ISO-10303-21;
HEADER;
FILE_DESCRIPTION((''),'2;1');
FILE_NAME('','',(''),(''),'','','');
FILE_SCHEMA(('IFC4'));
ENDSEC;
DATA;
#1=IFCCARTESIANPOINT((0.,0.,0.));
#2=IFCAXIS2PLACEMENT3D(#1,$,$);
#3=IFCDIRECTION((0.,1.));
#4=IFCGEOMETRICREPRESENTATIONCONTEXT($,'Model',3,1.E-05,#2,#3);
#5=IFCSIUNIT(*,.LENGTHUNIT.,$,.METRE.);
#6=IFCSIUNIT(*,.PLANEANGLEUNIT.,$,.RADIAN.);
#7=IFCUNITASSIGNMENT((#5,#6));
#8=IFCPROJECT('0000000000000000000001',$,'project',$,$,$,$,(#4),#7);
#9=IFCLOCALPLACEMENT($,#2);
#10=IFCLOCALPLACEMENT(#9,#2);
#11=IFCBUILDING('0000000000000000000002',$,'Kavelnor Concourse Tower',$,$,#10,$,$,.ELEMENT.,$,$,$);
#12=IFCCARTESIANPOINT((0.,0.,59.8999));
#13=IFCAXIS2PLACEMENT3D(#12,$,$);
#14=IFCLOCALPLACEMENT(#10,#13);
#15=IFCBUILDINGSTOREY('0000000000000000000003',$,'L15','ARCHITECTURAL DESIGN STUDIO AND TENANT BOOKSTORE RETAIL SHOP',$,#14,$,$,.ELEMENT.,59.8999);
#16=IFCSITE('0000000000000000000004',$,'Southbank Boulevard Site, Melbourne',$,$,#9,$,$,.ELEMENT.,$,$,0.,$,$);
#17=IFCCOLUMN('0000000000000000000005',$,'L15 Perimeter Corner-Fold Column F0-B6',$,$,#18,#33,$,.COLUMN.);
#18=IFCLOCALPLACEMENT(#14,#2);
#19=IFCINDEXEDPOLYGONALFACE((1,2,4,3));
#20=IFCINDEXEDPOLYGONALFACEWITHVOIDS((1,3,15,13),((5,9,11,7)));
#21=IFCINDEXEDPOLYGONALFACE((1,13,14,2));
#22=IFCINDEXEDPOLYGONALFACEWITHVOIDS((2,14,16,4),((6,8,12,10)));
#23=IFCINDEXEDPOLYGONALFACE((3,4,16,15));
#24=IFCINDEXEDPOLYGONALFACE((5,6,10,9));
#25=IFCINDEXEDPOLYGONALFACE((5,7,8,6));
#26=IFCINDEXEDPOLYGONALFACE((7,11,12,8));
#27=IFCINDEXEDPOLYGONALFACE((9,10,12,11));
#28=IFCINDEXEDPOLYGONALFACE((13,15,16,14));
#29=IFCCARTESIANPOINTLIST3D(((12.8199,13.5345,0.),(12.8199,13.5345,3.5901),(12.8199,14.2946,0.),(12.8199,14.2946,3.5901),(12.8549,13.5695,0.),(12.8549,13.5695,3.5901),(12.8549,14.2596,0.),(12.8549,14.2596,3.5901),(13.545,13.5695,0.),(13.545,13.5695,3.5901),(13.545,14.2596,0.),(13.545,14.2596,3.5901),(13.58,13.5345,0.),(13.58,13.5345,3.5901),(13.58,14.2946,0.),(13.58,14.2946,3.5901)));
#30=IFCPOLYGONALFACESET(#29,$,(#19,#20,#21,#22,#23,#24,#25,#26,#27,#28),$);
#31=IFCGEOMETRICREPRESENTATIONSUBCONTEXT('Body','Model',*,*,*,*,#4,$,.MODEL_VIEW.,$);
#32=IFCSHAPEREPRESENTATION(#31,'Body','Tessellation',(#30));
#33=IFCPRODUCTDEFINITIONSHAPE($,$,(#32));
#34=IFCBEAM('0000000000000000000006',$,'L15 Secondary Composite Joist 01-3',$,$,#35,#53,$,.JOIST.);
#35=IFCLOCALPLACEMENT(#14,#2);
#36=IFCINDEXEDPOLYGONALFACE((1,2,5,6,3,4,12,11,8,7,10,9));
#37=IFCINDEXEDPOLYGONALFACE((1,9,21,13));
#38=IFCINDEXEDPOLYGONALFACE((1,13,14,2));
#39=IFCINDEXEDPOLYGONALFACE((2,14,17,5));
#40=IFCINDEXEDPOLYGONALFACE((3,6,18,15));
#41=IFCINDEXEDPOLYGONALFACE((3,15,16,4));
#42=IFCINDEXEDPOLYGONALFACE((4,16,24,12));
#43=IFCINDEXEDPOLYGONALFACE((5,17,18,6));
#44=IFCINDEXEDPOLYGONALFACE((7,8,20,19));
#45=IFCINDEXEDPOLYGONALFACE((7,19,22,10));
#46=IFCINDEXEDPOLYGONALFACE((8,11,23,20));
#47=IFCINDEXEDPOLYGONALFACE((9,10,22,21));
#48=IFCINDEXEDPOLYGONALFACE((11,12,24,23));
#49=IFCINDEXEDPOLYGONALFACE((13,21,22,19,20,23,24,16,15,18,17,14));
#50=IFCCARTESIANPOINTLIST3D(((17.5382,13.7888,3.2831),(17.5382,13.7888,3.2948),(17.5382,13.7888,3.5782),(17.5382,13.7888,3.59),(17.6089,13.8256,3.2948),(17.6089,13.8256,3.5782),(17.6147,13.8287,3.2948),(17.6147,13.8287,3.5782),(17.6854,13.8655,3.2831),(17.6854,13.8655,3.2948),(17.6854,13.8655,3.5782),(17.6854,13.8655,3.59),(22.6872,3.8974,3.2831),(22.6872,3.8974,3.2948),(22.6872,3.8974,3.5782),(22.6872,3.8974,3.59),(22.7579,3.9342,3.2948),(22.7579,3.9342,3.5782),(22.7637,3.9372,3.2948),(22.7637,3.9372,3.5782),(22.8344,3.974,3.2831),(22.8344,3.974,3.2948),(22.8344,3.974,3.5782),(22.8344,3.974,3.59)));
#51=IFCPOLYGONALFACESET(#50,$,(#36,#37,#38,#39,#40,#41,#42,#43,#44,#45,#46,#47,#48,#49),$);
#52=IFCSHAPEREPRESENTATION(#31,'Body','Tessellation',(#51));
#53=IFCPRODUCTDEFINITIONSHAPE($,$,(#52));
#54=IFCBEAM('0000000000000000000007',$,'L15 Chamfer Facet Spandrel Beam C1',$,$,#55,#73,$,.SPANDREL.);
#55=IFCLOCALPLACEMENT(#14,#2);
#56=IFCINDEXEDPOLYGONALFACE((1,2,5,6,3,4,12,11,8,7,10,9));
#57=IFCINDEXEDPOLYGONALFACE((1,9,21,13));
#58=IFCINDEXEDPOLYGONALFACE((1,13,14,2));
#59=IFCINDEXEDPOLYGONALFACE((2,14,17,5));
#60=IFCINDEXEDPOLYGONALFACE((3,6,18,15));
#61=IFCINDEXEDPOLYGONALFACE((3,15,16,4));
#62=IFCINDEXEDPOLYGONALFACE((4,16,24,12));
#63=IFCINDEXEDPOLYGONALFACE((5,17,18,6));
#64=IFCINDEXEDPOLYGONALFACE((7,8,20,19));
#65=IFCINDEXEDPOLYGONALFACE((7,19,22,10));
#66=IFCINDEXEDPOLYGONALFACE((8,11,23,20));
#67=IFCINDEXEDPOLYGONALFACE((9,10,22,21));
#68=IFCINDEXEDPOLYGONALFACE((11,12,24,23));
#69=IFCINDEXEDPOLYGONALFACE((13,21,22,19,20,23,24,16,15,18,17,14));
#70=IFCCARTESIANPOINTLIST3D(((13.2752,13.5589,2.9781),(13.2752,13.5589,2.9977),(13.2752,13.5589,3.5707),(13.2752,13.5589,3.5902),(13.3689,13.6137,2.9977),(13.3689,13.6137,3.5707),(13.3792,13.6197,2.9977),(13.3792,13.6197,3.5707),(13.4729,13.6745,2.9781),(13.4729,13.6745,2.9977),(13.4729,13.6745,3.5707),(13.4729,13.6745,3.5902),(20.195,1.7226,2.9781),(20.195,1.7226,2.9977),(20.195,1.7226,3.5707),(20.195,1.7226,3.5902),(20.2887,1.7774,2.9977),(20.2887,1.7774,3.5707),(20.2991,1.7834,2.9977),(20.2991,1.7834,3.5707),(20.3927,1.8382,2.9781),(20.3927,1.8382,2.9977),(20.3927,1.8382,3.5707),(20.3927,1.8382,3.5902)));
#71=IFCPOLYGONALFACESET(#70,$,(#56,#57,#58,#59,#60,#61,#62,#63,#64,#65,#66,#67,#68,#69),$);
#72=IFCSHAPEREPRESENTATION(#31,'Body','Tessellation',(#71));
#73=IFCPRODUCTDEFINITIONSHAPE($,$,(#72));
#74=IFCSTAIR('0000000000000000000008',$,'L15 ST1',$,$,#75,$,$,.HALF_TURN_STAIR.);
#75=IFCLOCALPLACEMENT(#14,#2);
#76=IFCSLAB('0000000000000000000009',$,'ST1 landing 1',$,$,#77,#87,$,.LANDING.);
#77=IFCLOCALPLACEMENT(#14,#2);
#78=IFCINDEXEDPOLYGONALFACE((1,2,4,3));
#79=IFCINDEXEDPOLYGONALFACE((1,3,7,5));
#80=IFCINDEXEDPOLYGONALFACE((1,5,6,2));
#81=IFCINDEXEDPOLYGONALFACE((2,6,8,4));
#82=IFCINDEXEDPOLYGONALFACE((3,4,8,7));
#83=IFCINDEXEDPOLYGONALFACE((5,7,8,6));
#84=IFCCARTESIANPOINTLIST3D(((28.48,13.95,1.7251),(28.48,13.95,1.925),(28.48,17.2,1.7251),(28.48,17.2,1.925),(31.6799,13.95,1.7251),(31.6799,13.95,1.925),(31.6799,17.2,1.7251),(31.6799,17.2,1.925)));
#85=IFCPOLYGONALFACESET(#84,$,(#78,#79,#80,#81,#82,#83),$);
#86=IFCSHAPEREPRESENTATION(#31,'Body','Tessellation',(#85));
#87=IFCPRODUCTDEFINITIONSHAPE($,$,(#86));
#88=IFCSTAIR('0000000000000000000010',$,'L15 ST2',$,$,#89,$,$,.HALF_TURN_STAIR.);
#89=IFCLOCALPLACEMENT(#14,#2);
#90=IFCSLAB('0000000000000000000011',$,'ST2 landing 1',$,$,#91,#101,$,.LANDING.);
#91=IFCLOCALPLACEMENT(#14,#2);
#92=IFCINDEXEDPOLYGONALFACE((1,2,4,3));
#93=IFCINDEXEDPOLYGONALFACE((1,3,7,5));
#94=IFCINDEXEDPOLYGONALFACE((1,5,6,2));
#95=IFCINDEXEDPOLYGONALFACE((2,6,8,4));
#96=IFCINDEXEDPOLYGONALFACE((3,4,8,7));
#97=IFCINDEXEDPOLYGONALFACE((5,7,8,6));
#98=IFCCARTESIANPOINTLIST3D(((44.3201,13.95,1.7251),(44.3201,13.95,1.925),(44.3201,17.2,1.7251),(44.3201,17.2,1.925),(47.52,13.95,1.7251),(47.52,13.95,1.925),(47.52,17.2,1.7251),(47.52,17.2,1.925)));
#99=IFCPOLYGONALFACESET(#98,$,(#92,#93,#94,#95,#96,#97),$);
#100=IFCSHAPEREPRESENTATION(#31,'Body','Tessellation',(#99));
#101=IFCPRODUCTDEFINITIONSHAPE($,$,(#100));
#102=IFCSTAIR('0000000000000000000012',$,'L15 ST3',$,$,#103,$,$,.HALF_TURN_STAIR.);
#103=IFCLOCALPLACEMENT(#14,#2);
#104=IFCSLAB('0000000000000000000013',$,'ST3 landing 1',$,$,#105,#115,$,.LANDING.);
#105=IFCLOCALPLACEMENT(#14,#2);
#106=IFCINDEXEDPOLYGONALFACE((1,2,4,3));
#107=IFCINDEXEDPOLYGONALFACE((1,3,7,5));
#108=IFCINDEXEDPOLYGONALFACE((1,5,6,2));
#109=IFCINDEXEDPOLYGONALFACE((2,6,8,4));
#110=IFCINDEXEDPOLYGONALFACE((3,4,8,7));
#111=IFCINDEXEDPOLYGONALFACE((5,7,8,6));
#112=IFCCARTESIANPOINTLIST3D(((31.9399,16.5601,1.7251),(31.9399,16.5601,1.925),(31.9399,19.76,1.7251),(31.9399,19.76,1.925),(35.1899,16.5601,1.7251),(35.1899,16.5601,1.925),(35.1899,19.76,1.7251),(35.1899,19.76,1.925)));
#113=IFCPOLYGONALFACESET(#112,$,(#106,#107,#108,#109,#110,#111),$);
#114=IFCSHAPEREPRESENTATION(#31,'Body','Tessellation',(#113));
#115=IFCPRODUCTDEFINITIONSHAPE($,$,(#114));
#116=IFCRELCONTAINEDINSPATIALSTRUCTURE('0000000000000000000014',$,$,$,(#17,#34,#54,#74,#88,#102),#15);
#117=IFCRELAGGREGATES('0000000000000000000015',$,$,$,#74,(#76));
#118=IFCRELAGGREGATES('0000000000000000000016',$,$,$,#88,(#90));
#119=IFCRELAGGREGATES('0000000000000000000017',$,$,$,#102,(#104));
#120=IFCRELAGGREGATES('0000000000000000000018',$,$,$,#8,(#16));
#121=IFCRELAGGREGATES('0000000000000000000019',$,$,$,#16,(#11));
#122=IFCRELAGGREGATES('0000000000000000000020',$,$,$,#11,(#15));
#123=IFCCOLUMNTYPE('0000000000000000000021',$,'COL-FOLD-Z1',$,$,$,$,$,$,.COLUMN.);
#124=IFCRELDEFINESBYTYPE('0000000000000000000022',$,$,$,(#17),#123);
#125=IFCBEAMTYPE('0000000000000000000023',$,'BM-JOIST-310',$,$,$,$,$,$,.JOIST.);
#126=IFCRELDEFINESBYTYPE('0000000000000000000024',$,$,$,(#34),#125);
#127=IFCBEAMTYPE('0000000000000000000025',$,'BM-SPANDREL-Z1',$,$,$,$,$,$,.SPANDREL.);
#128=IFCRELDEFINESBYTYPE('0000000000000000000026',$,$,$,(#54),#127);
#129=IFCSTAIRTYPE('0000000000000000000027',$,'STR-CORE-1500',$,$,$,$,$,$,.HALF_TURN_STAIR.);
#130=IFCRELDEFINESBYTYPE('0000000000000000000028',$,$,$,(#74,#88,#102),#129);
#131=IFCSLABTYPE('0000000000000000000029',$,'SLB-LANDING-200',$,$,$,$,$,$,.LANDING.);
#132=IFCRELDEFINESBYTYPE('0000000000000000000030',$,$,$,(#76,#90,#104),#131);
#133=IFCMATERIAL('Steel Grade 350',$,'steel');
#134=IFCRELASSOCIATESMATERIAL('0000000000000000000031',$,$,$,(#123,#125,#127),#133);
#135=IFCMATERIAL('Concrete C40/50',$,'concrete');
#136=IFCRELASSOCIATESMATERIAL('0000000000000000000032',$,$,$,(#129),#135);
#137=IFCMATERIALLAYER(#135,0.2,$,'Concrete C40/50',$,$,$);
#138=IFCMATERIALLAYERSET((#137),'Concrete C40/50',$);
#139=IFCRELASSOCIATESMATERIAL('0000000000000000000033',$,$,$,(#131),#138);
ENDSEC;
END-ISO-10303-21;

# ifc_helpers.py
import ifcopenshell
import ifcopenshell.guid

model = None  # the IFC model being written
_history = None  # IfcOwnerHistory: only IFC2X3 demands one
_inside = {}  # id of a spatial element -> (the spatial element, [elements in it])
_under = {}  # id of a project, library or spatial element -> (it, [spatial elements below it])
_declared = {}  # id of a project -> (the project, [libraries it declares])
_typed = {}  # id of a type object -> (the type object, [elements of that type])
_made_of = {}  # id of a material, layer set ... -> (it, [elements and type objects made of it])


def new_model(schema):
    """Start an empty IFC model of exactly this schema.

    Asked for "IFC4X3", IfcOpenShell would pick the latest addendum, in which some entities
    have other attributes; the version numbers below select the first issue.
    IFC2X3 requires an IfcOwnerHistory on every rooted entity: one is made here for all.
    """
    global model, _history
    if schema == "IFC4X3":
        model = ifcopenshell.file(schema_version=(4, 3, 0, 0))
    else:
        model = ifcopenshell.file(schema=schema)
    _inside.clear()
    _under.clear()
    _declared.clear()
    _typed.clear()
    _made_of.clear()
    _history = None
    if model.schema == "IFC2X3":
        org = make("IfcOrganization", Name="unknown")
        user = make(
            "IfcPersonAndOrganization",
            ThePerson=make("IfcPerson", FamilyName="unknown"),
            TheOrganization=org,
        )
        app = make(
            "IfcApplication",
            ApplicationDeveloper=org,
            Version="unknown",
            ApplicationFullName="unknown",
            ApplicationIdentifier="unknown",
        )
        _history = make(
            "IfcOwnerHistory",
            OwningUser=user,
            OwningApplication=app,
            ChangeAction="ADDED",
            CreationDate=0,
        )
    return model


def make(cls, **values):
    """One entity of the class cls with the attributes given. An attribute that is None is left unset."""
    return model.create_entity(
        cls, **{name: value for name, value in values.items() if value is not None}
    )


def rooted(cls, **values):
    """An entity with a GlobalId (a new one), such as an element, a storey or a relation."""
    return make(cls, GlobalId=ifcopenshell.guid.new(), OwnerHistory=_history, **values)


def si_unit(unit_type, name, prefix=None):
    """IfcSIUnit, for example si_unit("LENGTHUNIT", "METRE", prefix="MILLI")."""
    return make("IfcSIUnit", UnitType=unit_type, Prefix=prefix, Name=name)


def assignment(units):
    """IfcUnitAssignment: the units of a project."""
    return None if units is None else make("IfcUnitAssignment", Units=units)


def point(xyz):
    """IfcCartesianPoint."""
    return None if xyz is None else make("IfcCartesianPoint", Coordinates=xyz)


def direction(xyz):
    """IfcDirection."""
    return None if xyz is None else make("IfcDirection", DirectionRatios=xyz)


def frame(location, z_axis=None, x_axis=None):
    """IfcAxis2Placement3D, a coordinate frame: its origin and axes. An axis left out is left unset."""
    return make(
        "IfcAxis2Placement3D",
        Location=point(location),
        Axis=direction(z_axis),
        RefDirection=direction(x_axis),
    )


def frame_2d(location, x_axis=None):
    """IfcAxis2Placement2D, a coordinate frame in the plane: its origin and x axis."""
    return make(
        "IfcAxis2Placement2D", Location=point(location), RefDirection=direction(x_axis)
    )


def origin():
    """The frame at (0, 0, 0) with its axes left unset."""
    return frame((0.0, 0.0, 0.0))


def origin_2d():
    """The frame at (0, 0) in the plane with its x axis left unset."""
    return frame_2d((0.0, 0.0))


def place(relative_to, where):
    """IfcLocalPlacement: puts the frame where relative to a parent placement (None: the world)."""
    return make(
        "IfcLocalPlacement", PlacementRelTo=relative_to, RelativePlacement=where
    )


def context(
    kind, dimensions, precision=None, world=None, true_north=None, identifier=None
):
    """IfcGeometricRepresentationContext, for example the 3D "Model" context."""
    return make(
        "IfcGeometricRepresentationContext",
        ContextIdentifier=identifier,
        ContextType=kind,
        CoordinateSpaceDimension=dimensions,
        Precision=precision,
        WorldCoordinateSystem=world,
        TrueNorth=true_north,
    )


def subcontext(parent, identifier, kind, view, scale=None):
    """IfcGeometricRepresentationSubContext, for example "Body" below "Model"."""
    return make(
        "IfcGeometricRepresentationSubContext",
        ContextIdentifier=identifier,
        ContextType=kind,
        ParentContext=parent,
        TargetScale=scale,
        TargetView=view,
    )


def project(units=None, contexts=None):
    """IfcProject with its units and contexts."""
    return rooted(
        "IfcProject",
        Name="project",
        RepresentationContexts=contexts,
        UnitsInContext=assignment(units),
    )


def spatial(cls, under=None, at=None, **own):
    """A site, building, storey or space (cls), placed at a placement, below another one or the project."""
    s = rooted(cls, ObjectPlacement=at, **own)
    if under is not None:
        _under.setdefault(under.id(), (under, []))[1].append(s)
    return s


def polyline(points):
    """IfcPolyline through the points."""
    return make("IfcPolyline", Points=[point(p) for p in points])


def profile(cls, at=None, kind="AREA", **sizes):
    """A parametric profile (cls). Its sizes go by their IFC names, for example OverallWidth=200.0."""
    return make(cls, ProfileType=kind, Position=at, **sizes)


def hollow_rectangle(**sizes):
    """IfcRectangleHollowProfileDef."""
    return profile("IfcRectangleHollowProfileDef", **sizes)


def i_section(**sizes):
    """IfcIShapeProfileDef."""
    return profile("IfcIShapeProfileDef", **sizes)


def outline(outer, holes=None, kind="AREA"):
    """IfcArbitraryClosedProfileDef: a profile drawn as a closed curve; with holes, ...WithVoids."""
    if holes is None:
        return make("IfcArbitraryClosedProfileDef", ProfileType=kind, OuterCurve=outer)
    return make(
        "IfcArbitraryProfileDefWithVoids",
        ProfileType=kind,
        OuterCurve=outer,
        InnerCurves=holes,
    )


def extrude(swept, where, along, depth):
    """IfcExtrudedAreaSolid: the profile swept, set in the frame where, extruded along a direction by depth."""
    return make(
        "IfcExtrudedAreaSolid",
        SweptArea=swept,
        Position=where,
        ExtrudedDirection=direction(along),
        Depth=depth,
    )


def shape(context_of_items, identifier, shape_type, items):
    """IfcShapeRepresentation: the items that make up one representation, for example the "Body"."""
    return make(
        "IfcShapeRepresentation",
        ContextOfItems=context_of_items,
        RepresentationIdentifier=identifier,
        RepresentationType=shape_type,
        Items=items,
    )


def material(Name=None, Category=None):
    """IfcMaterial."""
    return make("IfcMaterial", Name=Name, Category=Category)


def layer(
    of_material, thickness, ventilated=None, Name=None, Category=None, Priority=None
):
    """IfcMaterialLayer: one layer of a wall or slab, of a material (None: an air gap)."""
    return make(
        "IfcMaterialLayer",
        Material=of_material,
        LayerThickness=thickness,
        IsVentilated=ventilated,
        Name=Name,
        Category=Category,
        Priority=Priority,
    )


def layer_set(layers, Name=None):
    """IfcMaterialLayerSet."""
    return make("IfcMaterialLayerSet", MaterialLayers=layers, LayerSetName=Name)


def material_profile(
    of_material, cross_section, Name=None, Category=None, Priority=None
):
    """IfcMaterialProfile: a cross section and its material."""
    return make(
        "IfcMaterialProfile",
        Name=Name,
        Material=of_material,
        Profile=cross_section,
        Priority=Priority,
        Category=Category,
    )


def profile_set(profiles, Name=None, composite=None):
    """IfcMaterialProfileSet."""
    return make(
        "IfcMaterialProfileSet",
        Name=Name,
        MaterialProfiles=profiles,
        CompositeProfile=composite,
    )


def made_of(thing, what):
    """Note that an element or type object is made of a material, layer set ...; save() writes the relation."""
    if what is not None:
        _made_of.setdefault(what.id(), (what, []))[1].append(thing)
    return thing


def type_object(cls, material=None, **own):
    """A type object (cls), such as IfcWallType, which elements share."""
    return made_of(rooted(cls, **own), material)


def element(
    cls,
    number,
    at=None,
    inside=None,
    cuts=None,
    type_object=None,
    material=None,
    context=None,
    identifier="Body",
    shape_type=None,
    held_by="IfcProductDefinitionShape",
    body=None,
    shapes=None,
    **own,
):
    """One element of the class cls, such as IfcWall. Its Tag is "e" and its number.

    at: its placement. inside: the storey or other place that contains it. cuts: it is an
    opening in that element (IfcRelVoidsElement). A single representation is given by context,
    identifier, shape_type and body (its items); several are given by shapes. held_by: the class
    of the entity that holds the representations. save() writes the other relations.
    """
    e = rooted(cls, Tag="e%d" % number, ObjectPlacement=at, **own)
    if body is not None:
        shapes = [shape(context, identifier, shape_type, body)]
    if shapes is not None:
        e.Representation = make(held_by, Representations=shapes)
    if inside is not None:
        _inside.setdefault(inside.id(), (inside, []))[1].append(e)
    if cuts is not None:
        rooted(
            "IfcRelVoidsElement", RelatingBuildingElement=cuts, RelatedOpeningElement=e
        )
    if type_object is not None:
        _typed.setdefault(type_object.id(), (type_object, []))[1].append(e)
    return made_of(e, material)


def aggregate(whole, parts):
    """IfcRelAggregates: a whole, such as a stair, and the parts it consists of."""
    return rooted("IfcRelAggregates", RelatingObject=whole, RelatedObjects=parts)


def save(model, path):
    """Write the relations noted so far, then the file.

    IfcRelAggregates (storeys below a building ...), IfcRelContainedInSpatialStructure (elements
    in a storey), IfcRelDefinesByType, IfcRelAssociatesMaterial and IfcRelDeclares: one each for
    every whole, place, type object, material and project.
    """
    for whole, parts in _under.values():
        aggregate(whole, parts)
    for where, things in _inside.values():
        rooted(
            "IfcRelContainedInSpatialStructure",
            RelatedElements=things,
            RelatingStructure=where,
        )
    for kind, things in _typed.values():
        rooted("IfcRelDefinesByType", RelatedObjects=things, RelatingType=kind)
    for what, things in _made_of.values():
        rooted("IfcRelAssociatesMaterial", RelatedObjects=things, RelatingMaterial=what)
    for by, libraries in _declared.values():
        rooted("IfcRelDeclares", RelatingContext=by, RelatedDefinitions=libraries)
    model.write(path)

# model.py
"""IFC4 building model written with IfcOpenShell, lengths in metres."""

from ifc_helpers import new_model, si_unit, direction, frame, origin, origin_2d, place, context, subcontext, project, spatial, polyline, hollow_rectangle, i_section, outline, extrude, material, layer, layer_set, material_profile, profile_set, type_object, element, aggregate, save


model = new_model("IFC4")

# Units and contexts
model_context = context("Model", 3, precision=1e-05, world=origin(), true_north=direction((0.0, 1.0)))
body_context = subcontext(model_context, "Body", "Model", "MODEL_VIEW")
ifc_project = project(units=[si_unit("LENGTHUNIT", "METRE"), si_unit("PLANEANGLEUNIT", "RADIAN")], contexts=[model_context])

# Site, building, storey
site_placement = place(None, origin())
site = spatial("IfcSite", under=ifc_project, at=site_placement, Name="Southbank Boulevard Site, Melbourne", CompositionType="ELEMENT", RefElevation=0.0)
building_placement = place(site_placement, origin())
building = spatial("IfcBuilding", under=site, at=building_placement, Name="Kavelnor Concourse Tower", CompositionType="ELEMENT")
storey_placement = place(building_placement, frame((0.0, 0.0, 59.8999)))
storey = spatial("IfcBuildingStorey", under=building, at=storey_placement, Name="L15", Description="ARCHITECTURAL DESIGN STUDIO AND TENANT BOOKSTORE RETAIL SHOP", CompositionType="ELEMENT", Elevation=59.8999)

# Column
ifc_material_1 = material(Name="Steel Grade 350", Category="steel")
ifc_material_profile_1 = material_profile(ifc_material_1, hollow_rectangle(XDim=0.76, YDim=0.76, WallThickness=0.0349, at=origin_2d()), Name="SHS 760x760x35")
ifc_profile_set_1 = profile_set([ifc_material_profile_1], Name="Steel Grade 350")
column_type = type_object("IfcColumnType", Name="COL-FOLD-Z1", PredefinedType="COLUMN", material=ifc_profile_set_1)
column_placement = place(storey_placement, frame((13.2, 13.9146, 0.0), z_axis=(0.0, 0.0, 1.0), x_axis=(1.0, 0.0, 0.0)))
element("IfcColumn", 1, at=column_placement, inside=storey, type_object=column_type, Name="L15 Perimeter Corner-Fold Column F0-B6", PredefinedType="COLUMN", context=body_context, shape_type="SweptSolid", body=[
    extrude(hollow_rectangle(XDim=0.76, YDim=0.76, WallThickness=0.0349, at=origin_2d()), origin(), (0.0, 0.0, 1.0), 3.5901),
])

# Beams
ifc_material_profile_2 = material_profile(ifc_material_1, i_section(OverallWidth=0.166, OverallDepth=0.3069, WebThickness=0.0066, FlangeThickness=0.0117, at=origin_2d()), Name="310UB46")
ifc_profile_set_2 = profile_set([ifc_material_profile_2], Name="Steel Grade 350")
beam_type_1 = type_object("IfcBeamType", Name="BM-JOIST-310", PredefinedType="JOIST", material=ifc_profile_set_2)
beam_1_placement = place(storey_placement, frame((17.6118, 13.8271, 3.4365), z_axis=(0.461735, -0.887018, 0.0), x_axis=(0.887018, 0.461735, 0.0)))
element("IfcBeam", 2, at=beam_1_placement, inside=storey, type_object=beam_type_1, Name="L15 Secondary Composite Joist 01-3", PredefinedType="JOIST", context=body_context, shape_type="SweptSolid", body=[
    extrude(i_section(OverallWidth=0.166, OverallDepth=0.3069, WebThickness=0.0066, FlangeThickness=0.0117, at=origin_2d()), origin(), (0.0, 0.0, 1.0), 11.1514),
])
ifc_material_profile_3 = material_profile(ifc_material_1, i_section(OverallWidth=0.229, OverallDepth=0.6121, WebThickness=0.012, FlangeThickness=0.0195, at=origin_2d()), Name="610UB125")
ifc_profile_set_3 = profile_set([ifc_material_profile_3], Name="Steel Grade 350")
beam_type_2 = type_object("IfcBeamType", Name="BM-SPANDREL-Z1", PredefinedType="SPANDREL", material=ifc_profile_set_3)
beam_2_placement = place(storey_placement, frame((13.374, 13.6167, 3.2842), z_axis=(0.504706, -0.863292, 0.0), x_axis=(0.863292, 0.504706, 0.0)))
element("IfcBeam", 3, at=beam_2_placement, inside=storey, type_object=beam_type_2, Name="L15 Chamfer Facet Spandrel Beam C1", PredefinedType="SPANDREL", context=body_context, shape_type="SweptSolid", body=[
    extrude(i_section(OverallWidth=0.229, OverallDepth=0.6121, WebThickness=0.012, FlangeThickness=0.0195, at=origin_2d()), origin(), (0.0, 0.0, 1.0), 13.7107),
])

# Stairs, slabs
ifc_material_2 = material(Name="Concrete C40/50", Category="concrete")
stair_type = type_object("IfcStairType", Name="STR-CORE-1500", PredefinedType="HALF_TURN_STAIR", material=ifc_material_2)
stair_1_placement = place(storey_placement, origin())
stair_1 = element("IfcStair", 4, at=stair_1_placement, inside=storey, type_object=stair_type, Name="L15 ST1", PredefinedType="HALF_TURN_STAIR")
ifc_layer_1 = layer(ifc_material_2, 0.2, Name="Concrete C40/50")
ifc_layer_set_1 = layer_set([ifc_layer_1], Name="Concrete C40/50")
slab_type_1 = type_object("IfcSlabType", Name="SLB-LANDING-200", PredefinedType="LANDING", material=ifc_layer_set_1)
slab_1_placement = place(storey_placement, frame((0.0, 0.0, 1.7251)))
slab_1 = element("IfcSlab", 5, at=slab_1_placement, type_object=slab_type_1, Name="ST1 landing 1", PredefinedType="LANDING", context=body_context, shape_type="SweptSolid", body=[
    extrude(outline(polyline([(31.6799, 13.95), (31.6799, 17.2), (28.48, 17.2), (28.48, 13.95), (31.6799, 13.95)])), origin(), (0.0, 0.0, 1.0), 0.2),
])
aggregate(stair_1, [slab_1])
stair_2_placement = place(storey_placement, origin())
stair_2 = element("IfcStair", 6, at=stair_2_placement, inside=storey, type_object=stair_type, Name="L15 ST2", PredefinedType="HALF_TURN_STAIR")
slab_2_placement = place(storey_placement, frame((0.0, 0.0, 1.7251)))
slab_2 = element("IfcSlab", 7, at=slab_2_placement, type_object=slab_type_1, Name="ST2 landing 1", PredefinedType="LANDING", context=body_context, shape_type="SweptSolid", body=[
    extrude(outline(polyline([(47.52, 13.95), (47.52, 17.2), (44.3201, 17.2), (44.3201, 13.95), (47.52, 13.95)])), origin(), (0.0, 0.0, 1.0), 0.2),
])
aggregate(stair_2, [slab_2])
stair_3_placement = place(storey_placement, origin())
stair_3 = element("IfcStair", 8, at=stair_3_placement, inside=storey, type_object=stair_type, Name="L15 ST3", PredefinedType="HALF_TURN_STAIR")
slab_3_placement = place(storey_placement, frame((0.0, 0.0, 1.7251)))
slab_3 = element("IfcSlab", 9, at=slab_3_placement, type_object=slab_type_1, Name="ST3 landing 1", PredefinedType="LANDING", context=body_context, shape_type="SweptSolid", body=[
    extrude(outline(polyline([(35.1899, 19.76), (31.9399, 19.76), (31.9399, 16.5601), (35.1899, 16.5601), (35.1899, 19.76)])), origin(), (0.0, 0.0, 1.0), 0.2),
])
aggregate(stair_3, [slab_3])

save(model, "model.ifc")
